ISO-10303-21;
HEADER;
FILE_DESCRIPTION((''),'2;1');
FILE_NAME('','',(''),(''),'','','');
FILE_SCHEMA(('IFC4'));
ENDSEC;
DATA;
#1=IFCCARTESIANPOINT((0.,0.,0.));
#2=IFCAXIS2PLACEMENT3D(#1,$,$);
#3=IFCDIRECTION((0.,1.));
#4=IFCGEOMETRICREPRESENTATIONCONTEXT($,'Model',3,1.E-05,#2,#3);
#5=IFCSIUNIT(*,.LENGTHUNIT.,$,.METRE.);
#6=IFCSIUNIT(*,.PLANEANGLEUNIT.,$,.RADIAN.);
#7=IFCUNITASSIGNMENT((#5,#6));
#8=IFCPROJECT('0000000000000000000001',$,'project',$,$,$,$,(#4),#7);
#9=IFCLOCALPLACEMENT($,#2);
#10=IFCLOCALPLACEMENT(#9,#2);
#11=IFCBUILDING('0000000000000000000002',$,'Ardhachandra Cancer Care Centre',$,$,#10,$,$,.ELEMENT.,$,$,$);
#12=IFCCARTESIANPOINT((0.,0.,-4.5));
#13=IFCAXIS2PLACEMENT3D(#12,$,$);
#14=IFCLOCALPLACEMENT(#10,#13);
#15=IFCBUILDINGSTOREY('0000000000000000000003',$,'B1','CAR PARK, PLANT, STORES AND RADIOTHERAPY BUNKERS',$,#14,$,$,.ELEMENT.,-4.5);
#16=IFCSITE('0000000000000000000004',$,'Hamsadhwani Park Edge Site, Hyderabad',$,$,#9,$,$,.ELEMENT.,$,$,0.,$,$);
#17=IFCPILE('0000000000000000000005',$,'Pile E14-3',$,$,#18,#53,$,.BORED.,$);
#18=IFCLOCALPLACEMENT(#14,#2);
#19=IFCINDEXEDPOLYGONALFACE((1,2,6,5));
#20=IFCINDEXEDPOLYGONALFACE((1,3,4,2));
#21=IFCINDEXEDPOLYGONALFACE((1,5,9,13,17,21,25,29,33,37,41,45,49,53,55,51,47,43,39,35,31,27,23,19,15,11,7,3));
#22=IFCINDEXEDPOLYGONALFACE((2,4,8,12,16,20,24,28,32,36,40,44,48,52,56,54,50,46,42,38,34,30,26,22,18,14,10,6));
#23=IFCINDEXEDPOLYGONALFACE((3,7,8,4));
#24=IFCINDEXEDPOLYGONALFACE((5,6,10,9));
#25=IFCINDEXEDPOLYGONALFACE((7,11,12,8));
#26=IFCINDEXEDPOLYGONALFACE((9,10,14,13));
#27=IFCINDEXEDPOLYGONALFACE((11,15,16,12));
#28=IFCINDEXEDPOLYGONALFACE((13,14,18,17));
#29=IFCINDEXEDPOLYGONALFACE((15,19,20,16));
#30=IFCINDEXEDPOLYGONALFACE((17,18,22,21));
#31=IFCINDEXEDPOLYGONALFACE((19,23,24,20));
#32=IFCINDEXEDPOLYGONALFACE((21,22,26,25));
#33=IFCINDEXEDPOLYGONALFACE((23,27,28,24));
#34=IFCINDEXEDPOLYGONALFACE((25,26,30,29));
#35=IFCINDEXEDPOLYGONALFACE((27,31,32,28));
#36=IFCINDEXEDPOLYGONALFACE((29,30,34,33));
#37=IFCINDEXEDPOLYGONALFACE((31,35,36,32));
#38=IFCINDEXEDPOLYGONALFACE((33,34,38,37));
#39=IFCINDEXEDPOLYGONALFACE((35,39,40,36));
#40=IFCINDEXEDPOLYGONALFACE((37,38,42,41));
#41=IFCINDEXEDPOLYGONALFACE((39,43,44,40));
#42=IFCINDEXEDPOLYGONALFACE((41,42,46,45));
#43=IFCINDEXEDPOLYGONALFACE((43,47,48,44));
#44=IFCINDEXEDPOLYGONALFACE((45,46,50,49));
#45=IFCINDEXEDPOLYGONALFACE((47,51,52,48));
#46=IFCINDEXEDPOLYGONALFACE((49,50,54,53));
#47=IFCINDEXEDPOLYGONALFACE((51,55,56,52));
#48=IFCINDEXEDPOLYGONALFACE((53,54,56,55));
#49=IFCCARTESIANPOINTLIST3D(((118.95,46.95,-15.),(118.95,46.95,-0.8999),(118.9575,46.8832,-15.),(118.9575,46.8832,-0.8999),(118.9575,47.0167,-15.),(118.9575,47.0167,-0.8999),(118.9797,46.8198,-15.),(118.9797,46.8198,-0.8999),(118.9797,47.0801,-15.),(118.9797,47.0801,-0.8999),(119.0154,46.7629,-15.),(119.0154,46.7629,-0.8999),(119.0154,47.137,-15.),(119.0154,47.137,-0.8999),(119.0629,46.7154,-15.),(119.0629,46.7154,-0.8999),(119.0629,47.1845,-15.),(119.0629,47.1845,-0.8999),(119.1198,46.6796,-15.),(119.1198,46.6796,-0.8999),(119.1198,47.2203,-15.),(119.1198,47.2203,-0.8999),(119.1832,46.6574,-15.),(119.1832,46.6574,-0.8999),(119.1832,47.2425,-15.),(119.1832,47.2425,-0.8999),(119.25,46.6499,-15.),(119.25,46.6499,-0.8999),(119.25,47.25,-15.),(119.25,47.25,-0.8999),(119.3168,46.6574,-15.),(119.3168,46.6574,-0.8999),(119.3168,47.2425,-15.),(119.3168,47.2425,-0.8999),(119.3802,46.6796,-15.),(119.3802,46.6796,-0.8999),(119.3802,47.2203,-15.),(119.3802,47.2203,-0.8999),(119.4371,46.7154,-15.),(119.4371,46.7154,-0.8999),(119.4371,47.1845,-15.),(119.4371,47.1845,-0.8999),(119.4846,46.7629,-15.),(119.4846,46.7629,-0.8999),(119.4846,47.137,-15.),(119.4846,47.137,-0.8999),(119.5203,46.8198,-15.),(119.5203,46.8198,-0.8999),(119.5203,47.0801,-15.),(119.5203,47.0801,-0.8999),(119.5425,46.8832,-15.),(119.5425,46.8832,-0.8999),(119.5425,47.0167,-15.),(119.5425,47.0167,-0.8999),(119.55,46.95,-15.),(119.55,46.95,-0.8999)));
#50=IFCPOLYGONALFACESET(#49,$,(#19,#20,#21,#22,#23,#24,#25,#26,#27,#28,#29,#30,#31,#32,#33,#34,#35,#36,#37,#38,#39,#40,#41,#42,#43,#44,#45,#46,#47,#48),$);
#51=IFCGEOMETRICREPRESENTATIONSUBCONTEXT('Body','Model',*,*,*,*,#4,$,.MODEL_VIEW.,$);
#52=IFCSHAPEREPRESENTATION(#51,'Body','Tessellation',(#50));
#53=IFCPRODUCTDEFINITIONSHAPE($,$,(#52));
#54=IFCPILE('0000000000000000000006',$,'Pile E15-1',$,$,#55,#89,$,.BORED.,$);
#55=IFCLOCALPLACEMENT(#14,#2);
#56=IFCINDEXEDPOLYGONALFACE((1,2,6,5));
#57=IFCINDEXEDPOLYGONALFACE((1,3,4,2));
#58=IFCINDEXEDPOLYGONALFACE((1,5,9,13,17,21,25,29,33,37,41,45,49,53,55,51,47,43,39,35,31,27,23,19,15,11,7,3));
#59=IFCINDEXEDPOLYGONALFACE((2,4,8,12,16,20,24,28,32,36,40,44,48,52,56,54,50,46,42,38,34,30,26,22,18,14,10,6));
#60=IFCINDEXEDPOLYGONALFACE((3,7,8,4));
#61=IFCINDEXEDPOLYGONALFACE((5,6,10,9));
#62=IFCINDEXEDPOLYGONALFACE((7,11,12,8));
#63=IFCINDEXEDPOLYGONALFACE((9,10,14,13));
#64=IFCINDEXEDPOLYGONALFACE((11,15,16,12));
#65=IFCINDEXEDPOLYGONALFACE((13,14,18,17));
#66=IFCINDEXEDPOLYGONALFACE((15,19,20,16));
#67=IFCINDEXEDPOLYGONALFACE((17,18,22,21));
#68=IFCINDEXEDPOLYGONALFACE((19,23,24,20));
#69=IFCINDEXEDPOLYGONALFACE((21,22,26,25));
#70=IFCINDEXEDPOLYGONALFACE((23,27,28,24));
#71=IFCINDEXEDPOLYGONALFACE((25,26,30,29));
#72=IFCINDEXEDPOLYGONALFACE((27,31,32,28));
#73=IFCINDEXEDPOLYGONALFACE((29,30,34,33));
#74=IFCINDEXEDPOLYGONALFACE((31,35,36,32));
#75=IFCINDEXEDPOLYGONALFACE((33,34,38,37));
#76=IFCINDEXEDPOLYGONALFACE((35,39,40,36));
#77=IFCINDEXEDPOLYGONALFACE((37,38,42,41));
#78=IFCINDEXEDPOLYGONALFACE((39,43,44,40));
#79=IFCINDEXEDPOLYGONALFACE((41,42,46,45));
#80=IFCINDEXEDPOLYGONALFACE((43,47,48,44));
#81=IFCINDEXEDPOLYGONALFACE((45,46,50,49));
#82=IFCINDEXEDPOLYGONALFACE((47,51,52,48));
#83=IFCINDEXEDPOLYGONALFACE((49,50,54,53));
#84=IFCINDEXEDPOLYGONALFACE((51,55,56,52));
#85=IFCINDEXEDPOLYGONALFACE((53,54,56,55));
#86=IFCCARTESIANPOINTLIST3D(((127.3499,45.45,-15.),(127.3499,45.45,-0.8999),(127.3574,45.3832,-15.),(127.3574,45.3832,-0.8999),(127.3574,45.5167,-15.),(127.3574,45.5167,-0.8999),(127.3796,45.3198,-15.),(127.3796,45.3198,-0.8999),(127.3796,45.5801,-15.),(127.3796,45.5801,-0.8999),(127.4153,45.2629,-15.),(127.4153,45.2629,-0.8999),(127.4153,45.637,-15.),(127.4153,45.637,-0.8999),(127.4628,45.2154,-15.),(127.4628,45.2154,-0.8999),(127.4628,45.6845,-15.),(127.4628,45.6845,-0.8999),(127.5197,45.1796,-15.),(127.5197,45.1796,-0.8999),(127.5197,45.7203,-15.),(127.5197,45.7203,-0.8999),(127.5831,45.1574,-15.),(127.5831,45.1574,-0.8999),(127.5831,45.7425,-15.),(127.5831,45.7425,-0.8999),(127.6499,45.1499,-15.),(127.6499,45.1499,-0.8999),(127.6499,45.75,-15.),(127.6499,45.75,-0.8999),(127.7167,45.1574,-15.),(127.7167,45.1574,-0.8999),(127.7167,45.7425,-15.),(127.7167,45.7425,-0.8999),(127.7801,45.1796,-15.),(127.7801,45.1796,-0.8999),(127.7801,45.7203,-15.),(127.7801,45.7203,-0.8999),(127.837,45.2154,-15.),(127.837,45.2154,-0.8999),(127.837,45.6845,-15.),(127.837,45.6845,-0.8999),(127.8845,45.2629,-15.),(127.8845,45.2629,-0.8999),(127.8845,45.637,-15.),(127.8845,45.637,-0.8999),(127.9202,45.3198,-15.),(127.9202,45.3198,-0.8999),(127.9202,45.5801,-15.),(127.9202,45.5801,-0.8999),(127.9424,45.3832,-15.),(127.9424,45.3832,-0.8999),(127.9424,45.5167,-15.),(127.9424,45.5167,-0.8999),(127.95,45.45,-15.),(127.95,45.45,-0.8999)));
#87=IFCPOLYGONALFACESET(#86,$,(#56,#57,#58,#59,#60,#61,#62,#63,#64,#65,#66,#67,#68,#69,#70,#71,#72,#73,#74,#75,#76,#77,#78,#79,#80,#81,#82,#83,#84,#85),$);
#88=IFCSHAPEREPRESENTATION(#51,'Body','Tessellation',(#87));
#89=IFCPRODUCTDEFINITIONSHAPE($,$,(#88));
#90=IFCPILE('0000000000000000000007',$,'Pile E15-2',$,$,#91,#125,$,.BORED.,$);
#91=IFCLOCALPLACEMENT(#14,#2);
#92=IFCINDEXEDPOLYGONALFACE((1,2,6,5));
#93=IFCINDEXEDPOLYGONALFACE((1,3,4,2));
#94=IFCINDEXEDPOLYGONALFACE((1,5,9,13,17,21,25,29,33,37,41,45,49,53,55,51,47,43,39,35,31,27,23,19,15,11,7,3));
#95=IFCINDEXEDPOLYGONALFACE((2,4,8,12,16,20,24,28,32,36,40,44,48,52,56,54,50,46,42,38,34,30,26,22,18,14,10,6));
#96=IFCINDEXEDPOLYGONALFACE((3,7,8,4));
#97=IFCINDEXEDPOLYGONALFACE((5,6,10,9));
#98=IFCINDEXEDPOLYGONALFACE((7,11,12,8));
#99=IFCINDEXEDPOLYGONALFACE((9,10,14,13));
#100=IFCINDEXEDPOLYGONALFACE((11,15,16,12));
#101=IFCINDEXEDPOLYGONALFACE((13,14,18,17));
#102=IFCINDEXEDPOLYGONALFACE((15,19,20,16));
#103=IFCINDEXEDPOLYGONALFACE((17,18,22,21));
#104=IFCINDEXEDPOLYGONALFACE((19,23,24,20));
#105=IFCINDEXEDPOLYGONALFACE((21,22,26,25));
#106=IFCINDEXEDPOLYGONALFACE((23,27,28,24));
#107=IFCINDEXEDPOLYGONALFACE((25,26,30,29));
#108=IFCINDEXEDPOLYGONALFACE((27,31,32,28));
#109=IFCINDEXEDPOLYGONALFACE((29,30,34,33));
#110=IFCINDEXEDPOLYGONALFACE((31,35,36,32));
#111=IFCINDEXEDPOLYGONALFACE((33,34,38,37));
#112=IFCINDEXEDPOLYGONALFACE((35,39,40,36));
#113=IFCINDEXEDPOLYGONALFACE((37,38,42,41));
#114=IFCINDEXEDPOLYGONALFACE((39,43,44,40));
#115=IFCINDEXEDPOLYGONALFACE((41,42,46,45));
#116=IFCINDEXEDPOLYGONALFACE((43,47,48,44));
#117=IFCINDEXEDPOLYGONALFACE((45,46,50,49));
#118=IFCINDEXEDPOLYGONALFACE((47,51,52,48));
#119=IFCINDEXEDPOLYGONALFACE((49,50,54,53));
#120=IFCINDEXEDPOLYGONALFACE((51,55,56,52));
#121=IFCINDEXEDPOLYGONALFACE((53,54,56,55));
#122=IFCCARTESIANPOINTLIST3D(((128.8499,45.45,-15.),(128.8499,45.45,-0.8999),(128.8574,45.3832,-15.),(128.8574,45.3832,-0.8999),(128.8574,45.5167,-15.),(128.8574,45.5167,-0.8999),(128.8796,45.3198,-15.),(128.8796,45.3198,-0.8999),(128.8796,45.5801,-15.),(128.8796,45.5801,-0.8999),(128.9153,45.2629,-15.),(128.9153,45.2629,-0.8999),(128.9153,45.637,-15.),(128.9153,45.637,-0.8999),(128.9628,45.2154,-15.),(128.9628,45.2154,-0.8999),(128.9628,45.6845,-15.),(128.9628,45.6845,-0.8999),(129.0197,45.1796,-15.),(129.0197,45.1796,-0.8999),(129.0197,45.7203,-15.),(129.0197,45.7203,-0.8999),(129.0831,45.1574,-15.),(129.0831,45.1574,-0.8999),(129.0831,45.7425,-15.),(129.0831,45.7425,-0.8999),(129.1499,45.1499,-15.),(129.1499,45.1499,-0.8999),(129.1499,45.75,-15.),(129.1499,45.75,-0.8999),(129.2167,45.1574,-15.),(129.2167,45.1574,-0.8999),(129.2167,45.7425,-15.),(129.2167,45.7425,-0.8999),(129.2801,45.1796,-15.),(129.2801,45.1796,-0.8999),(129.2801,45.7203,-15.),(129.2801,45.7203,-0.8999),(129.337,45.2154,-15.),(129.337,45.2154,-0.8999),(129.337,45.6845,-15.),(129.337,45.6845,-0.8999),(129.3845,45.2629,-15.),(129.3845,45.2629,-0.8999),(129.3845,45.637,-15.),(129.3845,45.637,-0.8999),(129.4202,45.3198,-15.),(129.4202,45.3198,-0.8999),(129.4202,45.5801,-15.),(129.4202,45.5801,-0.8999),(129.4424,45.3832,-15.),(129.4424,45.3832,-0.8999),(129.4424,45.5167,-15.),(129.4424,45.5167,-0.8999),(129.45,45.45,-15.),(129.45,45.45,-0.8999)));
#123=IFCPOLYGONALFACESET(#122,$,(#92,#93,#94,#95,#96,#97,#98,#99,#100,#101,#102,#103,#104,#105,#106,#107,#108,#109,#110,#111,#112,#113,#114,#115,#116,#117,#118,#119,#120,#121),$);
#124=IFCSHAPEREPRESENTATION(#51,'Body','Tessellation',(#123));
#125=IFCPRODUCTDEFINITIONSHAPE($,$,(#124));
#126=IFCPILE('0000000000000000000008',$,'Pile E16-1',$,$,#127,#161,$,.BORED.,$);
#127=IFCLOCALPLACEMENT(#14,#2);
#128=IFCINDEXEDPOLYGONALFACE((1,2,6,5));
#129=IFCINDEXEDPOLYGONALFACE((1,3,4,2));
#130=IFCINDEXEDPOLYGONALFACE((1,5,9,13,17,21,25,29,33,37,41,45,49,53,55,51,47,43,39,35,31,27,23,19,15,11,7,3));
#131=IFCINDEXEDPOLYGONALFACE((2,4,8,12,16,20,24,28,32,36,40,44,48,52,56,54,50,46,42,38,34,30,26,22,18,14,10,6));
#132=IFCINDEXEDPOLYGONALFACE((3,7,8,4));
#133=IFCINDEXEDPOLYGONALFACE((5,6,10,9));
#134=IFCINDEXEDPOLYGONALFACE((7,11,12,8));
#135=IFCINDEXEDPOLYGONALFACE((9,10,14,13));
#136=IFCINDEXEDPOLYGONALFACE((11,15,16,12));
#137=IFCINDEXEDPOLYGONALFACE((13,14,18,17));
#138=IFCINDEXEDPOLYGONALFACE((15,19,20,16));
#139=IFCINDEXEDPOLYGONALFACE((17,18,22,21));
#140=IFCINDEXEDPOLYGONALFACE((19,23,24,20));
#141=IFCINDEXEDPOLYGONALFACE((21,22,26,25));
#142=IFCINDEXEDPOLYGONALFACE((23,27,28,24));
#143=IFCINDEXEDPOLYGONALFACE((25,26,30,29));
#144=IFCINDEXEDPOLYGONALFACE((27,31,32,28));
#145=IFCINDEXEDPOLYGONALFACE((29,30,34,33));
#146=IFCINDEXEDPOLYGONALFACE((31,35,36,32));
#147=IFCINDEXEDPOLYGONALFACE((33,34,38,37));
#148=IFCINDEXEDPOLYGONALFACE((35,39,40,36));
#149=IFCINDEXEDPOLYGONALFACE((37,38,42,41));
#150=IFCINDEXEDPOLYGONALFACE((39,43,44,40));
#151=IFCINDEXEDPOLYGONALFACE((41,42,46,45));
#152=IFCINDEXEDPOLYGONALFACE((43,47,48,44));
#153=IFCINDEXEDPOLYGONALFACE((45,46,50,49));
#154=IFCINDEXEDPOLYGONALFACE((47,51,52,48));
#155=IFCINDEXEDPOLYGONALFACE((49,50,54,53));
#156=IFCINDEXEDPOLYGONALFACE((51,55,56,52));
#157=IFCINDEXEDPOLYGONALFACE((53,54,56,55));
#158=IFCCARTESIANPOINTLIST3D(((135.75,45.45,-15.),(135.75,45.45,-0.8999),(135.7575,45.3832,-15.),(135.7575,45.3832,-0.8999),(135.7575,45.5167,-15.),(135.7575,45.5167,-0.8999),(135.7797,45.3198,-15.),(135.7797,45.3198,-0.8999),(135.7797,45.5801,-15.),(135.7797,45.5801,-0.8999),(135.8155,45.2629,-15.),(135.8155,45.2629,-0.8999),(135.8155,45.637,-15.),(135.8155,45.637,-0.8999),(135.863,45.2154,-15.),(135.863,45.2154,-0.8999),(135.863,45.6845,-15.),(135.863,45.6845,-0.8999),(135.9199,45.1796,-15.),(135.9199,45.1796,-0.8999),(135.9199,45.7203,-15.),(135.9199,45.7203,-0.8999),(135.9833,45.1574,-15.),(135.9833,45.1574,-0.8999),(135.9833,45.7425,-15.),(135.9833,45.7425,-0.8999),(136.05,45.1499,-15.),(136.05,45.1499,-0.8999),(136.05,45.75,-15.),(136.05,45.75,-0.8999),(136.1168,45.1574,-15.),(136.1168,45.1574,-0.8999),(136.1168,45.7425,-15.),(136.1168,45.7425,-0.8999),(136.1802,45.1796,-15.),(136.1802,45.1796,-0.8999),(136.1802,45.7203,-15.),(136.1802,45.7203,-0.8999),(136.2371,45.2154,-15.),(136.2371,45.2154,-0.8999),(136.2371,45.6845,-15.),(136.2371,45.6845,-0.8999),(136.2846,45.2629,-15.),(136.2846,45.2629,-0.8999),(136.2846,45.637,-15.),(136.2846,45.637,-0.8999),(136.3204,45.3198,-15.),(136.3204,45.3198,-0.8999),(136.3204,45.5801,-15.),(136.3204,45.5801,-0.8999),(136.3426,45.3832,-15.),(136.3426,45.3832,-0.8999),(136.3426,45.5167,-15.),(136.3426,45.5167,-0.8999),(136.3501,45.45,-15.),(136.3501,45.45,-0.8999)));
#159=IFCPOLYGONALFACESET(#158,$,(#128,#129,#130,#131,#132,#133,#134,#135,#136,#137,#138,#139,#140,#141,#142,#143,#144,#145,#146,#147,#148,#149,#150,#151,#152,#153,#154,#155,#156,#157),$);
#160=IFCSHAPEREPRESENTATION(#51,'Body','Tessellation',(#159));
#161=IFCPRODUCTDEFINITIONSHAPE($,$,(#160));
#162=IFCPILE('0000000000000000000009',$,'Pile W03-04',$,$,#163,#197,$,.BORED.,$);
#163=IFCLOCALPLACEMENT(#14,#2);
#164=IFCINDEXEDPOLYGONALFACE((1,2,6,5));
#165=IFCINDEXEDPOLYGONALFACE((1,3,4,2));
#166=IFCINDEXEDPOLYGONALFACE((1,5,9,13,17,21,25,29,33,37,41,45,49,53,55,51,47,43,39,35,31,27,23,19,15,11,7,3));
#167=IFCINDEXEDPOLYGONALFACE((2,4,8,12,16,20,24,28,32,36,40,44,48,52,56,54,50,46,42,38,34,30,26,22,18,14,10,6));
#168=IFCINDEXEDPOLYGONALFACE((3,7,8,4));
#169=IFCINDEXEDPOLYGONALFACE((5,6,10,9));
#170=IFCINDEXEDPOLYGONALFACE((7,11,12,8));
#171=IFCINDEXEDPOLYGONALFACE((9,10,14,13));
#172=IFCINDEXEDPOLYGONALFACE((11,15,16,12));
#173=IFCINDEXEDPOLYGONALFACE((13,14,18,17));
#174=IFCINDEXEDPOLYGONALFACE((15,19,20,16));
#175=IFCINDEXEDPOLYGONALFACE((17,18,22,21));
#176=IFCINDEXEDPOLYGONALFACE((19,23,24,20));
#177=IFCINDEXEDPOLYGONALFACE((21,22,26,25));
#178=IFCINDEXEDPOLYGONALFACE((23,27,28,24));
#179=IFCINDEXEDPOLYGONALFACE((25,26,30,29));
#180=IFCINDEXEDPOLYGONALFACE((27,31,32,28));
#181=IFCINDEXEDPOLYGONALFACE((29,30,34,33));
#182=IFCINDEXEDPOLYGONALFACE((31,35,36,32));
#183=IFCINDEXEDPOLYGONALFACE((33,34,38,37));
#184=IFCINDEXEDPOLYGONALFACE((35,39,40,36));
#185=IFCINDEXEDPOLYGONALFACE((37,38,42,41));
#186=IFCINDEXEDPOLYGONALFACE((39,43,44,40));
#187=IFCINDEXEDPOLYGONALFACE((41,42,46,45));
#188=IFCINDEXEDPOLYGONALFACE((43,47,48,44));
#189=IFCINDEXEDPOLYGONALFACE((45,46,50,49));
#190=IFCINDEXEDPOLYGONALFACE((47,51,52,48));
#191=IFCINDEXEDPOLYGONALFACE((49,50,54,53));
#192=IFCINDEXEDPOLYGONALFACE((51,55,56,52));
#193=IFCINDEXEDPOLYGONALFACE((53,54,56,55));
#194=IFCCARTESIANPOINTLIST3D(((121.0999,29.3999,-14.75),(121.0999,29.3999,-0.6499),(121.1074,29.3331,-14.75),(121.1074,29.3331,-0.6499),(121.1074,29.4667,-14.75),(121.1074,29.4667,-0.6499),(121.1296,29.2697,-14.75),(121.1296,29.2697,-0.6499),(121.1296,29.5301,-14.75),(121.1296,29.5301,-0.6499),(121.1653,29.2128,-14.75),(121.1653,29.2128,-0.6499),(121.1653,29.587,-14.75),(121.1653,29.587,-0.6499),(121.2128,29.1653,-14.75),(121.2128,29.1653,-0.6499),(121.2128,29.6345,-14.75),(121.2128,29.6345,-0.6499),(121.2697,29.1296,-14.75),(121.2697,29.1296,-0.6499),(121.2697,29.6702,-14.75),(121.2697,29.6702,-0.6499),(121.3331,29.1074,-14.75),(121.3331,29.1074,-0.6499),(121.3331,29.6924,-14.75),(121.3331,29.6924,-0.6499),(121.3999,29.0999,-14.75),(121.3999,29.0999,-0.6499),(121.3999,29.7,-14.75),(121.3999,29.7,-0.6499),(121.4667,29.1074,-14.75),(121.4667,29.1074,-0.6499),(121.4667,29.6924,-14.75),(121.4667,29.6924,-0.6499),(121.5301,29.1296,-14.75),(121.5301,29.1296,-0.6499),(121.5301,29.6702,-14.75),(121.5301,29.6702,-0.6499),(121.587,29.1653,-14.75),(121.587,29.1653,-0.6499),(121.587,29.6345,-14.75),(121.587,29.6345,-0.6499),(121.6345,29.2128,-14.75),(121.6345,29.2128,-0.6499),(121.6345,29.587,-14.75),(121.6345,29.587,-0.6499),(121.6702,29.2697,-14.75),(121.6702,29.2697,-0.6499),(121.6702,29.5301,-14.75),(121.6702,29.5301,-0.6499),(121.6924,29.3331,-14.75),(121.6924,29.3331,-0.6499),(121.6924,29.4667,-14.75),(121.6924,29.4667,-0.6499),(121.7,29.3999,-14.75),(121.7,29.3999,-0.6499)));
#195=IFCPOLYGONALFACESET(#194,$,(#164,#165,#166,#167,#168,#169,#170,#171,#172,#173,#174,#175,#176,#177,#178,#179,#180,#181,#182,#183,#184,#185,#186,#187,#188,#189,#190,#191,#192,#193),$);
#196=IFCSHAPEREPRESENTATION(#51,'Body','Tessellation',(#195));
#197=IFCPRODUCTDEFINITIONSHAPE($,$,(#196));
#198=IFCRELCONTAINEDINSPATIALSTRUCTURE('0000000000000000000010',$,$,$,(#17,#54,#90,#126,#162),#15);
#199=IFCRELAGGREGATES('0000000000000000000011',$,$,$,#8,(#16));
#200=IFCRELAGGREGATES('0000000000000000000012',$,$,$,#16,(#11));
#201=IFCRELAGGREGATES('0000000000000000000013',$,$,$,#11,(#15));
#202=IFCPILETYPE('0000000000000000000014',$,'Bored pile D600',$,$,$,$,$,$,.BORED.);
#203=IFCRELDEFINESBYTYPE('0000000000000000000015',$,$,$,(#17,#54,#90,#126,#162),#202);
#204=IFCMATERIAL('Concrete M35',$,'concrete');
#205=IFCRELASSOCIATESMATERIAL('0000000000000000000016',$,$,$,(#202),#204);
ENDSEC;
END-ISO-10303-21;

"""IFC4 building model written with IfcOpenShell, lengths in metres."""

from ifc_helpers import new_model, si_unit, direction, frame, origin, origin_2d, place, context, subcontext, project, spatial, circle, extrude, material, material_profile, profile_set, type_object, element, save


model = new_model("IFC4")

# Units and contexts
model_context = context("Model", 3, precision=1e-05, world=origin(), true_north=direction((0.0, 1.0)))
body_context = subcontext(model_context, "Body", "Model", "MODEL_VIEW")
ifc_project = project(units=[si_unit("LENGTHUNIT", "METRE"), si_unit("PLANEANGLEUNIT", "RADIAN")], contexts=[model_context])

# Site, building, storey
site_placement = place(None, origin())
site = spatial("IfcSite", under=ifc_project, at=site_placement, Name="Hamsadhwani Park Edge Site, Hyderabad", CompositionType="ELEMENT", RefElevation=0.0)
building_placement = place(site_placement, origin())
building = spatial("IfcBuilding", under=site, at=building_placement, Name="Ardhachandra Cancer Care Centre", CompositionType="ELEMENT")
storey_placement = place(building_placement, frame((0.0, 0.0, -4.5)))
storey = spatial("IfcBuildingStorey", under=building, at=storey_placement, Name="B1", Description="CAR PARK, PLANT, STORES AND RADIOTHERAPY BUNKERS", CompositionType="ELEMENT", Elevation=-4.5)

# Piles
ifc_material_1 = material(Name="Concrete M35", Category="concrete")
ifc_material_profile_1 = material_profile(ifc_material_1, circle(Radius=0.3, at=origin_2d()), Name="D600")
ifc_profile_set_1 = profile_set([ifc_material_profile_1], Name="Concrete M35")
pile_type_1 = type_object("IfcPileType", Name="Bored pile D600", PredefinedType="BORED", material=ifc_profile_set_1)
for number, where, z_axis, x_axis, name in (
    (1, (119.25, 46.95, -0.8999), (0.0, 0.0, -1.0), (1.0, 0.0, 0.0), "Pile E14-3"),
    (2, (127.6499, 45.45, -0.8999), (0.0, 0.0, -1.0), (1.0, 0.0, 0.0), "Pile E15-1"),
    (3, (129.1499, 45.45, -0.8999), (0.0, 0.0, -1.0), (1.0, 0.0, 0.0), "Pile E15-2"),
    (4, (136.05, 45.45, -0.8999), (0.0, 0.0, -1.0), (1.0, 0.0, 0.0), "Pile E16-1"),
    (5, (121.3999, 29.3999, -0.6499), (0.0, 0.0, -1.0), (1.0, 0.0, 0.0), "Pile W03-04"),
):
    element("IfcPile", number, at=place(storey_placement, frame(where, z_axis=z_axis, x_axis=x_axis)), inside=storey, type_object=pile_type_1, Name=name, PredefinedType="BORED", context=body_context, shape_type="SweptSolid", body=[
        extrude(circle(Radius=0.3, at=origin_2d()), origin(), (0.0, 0.0, 1.0), 14.1001),
    ])

save(model, "model.ifc")
